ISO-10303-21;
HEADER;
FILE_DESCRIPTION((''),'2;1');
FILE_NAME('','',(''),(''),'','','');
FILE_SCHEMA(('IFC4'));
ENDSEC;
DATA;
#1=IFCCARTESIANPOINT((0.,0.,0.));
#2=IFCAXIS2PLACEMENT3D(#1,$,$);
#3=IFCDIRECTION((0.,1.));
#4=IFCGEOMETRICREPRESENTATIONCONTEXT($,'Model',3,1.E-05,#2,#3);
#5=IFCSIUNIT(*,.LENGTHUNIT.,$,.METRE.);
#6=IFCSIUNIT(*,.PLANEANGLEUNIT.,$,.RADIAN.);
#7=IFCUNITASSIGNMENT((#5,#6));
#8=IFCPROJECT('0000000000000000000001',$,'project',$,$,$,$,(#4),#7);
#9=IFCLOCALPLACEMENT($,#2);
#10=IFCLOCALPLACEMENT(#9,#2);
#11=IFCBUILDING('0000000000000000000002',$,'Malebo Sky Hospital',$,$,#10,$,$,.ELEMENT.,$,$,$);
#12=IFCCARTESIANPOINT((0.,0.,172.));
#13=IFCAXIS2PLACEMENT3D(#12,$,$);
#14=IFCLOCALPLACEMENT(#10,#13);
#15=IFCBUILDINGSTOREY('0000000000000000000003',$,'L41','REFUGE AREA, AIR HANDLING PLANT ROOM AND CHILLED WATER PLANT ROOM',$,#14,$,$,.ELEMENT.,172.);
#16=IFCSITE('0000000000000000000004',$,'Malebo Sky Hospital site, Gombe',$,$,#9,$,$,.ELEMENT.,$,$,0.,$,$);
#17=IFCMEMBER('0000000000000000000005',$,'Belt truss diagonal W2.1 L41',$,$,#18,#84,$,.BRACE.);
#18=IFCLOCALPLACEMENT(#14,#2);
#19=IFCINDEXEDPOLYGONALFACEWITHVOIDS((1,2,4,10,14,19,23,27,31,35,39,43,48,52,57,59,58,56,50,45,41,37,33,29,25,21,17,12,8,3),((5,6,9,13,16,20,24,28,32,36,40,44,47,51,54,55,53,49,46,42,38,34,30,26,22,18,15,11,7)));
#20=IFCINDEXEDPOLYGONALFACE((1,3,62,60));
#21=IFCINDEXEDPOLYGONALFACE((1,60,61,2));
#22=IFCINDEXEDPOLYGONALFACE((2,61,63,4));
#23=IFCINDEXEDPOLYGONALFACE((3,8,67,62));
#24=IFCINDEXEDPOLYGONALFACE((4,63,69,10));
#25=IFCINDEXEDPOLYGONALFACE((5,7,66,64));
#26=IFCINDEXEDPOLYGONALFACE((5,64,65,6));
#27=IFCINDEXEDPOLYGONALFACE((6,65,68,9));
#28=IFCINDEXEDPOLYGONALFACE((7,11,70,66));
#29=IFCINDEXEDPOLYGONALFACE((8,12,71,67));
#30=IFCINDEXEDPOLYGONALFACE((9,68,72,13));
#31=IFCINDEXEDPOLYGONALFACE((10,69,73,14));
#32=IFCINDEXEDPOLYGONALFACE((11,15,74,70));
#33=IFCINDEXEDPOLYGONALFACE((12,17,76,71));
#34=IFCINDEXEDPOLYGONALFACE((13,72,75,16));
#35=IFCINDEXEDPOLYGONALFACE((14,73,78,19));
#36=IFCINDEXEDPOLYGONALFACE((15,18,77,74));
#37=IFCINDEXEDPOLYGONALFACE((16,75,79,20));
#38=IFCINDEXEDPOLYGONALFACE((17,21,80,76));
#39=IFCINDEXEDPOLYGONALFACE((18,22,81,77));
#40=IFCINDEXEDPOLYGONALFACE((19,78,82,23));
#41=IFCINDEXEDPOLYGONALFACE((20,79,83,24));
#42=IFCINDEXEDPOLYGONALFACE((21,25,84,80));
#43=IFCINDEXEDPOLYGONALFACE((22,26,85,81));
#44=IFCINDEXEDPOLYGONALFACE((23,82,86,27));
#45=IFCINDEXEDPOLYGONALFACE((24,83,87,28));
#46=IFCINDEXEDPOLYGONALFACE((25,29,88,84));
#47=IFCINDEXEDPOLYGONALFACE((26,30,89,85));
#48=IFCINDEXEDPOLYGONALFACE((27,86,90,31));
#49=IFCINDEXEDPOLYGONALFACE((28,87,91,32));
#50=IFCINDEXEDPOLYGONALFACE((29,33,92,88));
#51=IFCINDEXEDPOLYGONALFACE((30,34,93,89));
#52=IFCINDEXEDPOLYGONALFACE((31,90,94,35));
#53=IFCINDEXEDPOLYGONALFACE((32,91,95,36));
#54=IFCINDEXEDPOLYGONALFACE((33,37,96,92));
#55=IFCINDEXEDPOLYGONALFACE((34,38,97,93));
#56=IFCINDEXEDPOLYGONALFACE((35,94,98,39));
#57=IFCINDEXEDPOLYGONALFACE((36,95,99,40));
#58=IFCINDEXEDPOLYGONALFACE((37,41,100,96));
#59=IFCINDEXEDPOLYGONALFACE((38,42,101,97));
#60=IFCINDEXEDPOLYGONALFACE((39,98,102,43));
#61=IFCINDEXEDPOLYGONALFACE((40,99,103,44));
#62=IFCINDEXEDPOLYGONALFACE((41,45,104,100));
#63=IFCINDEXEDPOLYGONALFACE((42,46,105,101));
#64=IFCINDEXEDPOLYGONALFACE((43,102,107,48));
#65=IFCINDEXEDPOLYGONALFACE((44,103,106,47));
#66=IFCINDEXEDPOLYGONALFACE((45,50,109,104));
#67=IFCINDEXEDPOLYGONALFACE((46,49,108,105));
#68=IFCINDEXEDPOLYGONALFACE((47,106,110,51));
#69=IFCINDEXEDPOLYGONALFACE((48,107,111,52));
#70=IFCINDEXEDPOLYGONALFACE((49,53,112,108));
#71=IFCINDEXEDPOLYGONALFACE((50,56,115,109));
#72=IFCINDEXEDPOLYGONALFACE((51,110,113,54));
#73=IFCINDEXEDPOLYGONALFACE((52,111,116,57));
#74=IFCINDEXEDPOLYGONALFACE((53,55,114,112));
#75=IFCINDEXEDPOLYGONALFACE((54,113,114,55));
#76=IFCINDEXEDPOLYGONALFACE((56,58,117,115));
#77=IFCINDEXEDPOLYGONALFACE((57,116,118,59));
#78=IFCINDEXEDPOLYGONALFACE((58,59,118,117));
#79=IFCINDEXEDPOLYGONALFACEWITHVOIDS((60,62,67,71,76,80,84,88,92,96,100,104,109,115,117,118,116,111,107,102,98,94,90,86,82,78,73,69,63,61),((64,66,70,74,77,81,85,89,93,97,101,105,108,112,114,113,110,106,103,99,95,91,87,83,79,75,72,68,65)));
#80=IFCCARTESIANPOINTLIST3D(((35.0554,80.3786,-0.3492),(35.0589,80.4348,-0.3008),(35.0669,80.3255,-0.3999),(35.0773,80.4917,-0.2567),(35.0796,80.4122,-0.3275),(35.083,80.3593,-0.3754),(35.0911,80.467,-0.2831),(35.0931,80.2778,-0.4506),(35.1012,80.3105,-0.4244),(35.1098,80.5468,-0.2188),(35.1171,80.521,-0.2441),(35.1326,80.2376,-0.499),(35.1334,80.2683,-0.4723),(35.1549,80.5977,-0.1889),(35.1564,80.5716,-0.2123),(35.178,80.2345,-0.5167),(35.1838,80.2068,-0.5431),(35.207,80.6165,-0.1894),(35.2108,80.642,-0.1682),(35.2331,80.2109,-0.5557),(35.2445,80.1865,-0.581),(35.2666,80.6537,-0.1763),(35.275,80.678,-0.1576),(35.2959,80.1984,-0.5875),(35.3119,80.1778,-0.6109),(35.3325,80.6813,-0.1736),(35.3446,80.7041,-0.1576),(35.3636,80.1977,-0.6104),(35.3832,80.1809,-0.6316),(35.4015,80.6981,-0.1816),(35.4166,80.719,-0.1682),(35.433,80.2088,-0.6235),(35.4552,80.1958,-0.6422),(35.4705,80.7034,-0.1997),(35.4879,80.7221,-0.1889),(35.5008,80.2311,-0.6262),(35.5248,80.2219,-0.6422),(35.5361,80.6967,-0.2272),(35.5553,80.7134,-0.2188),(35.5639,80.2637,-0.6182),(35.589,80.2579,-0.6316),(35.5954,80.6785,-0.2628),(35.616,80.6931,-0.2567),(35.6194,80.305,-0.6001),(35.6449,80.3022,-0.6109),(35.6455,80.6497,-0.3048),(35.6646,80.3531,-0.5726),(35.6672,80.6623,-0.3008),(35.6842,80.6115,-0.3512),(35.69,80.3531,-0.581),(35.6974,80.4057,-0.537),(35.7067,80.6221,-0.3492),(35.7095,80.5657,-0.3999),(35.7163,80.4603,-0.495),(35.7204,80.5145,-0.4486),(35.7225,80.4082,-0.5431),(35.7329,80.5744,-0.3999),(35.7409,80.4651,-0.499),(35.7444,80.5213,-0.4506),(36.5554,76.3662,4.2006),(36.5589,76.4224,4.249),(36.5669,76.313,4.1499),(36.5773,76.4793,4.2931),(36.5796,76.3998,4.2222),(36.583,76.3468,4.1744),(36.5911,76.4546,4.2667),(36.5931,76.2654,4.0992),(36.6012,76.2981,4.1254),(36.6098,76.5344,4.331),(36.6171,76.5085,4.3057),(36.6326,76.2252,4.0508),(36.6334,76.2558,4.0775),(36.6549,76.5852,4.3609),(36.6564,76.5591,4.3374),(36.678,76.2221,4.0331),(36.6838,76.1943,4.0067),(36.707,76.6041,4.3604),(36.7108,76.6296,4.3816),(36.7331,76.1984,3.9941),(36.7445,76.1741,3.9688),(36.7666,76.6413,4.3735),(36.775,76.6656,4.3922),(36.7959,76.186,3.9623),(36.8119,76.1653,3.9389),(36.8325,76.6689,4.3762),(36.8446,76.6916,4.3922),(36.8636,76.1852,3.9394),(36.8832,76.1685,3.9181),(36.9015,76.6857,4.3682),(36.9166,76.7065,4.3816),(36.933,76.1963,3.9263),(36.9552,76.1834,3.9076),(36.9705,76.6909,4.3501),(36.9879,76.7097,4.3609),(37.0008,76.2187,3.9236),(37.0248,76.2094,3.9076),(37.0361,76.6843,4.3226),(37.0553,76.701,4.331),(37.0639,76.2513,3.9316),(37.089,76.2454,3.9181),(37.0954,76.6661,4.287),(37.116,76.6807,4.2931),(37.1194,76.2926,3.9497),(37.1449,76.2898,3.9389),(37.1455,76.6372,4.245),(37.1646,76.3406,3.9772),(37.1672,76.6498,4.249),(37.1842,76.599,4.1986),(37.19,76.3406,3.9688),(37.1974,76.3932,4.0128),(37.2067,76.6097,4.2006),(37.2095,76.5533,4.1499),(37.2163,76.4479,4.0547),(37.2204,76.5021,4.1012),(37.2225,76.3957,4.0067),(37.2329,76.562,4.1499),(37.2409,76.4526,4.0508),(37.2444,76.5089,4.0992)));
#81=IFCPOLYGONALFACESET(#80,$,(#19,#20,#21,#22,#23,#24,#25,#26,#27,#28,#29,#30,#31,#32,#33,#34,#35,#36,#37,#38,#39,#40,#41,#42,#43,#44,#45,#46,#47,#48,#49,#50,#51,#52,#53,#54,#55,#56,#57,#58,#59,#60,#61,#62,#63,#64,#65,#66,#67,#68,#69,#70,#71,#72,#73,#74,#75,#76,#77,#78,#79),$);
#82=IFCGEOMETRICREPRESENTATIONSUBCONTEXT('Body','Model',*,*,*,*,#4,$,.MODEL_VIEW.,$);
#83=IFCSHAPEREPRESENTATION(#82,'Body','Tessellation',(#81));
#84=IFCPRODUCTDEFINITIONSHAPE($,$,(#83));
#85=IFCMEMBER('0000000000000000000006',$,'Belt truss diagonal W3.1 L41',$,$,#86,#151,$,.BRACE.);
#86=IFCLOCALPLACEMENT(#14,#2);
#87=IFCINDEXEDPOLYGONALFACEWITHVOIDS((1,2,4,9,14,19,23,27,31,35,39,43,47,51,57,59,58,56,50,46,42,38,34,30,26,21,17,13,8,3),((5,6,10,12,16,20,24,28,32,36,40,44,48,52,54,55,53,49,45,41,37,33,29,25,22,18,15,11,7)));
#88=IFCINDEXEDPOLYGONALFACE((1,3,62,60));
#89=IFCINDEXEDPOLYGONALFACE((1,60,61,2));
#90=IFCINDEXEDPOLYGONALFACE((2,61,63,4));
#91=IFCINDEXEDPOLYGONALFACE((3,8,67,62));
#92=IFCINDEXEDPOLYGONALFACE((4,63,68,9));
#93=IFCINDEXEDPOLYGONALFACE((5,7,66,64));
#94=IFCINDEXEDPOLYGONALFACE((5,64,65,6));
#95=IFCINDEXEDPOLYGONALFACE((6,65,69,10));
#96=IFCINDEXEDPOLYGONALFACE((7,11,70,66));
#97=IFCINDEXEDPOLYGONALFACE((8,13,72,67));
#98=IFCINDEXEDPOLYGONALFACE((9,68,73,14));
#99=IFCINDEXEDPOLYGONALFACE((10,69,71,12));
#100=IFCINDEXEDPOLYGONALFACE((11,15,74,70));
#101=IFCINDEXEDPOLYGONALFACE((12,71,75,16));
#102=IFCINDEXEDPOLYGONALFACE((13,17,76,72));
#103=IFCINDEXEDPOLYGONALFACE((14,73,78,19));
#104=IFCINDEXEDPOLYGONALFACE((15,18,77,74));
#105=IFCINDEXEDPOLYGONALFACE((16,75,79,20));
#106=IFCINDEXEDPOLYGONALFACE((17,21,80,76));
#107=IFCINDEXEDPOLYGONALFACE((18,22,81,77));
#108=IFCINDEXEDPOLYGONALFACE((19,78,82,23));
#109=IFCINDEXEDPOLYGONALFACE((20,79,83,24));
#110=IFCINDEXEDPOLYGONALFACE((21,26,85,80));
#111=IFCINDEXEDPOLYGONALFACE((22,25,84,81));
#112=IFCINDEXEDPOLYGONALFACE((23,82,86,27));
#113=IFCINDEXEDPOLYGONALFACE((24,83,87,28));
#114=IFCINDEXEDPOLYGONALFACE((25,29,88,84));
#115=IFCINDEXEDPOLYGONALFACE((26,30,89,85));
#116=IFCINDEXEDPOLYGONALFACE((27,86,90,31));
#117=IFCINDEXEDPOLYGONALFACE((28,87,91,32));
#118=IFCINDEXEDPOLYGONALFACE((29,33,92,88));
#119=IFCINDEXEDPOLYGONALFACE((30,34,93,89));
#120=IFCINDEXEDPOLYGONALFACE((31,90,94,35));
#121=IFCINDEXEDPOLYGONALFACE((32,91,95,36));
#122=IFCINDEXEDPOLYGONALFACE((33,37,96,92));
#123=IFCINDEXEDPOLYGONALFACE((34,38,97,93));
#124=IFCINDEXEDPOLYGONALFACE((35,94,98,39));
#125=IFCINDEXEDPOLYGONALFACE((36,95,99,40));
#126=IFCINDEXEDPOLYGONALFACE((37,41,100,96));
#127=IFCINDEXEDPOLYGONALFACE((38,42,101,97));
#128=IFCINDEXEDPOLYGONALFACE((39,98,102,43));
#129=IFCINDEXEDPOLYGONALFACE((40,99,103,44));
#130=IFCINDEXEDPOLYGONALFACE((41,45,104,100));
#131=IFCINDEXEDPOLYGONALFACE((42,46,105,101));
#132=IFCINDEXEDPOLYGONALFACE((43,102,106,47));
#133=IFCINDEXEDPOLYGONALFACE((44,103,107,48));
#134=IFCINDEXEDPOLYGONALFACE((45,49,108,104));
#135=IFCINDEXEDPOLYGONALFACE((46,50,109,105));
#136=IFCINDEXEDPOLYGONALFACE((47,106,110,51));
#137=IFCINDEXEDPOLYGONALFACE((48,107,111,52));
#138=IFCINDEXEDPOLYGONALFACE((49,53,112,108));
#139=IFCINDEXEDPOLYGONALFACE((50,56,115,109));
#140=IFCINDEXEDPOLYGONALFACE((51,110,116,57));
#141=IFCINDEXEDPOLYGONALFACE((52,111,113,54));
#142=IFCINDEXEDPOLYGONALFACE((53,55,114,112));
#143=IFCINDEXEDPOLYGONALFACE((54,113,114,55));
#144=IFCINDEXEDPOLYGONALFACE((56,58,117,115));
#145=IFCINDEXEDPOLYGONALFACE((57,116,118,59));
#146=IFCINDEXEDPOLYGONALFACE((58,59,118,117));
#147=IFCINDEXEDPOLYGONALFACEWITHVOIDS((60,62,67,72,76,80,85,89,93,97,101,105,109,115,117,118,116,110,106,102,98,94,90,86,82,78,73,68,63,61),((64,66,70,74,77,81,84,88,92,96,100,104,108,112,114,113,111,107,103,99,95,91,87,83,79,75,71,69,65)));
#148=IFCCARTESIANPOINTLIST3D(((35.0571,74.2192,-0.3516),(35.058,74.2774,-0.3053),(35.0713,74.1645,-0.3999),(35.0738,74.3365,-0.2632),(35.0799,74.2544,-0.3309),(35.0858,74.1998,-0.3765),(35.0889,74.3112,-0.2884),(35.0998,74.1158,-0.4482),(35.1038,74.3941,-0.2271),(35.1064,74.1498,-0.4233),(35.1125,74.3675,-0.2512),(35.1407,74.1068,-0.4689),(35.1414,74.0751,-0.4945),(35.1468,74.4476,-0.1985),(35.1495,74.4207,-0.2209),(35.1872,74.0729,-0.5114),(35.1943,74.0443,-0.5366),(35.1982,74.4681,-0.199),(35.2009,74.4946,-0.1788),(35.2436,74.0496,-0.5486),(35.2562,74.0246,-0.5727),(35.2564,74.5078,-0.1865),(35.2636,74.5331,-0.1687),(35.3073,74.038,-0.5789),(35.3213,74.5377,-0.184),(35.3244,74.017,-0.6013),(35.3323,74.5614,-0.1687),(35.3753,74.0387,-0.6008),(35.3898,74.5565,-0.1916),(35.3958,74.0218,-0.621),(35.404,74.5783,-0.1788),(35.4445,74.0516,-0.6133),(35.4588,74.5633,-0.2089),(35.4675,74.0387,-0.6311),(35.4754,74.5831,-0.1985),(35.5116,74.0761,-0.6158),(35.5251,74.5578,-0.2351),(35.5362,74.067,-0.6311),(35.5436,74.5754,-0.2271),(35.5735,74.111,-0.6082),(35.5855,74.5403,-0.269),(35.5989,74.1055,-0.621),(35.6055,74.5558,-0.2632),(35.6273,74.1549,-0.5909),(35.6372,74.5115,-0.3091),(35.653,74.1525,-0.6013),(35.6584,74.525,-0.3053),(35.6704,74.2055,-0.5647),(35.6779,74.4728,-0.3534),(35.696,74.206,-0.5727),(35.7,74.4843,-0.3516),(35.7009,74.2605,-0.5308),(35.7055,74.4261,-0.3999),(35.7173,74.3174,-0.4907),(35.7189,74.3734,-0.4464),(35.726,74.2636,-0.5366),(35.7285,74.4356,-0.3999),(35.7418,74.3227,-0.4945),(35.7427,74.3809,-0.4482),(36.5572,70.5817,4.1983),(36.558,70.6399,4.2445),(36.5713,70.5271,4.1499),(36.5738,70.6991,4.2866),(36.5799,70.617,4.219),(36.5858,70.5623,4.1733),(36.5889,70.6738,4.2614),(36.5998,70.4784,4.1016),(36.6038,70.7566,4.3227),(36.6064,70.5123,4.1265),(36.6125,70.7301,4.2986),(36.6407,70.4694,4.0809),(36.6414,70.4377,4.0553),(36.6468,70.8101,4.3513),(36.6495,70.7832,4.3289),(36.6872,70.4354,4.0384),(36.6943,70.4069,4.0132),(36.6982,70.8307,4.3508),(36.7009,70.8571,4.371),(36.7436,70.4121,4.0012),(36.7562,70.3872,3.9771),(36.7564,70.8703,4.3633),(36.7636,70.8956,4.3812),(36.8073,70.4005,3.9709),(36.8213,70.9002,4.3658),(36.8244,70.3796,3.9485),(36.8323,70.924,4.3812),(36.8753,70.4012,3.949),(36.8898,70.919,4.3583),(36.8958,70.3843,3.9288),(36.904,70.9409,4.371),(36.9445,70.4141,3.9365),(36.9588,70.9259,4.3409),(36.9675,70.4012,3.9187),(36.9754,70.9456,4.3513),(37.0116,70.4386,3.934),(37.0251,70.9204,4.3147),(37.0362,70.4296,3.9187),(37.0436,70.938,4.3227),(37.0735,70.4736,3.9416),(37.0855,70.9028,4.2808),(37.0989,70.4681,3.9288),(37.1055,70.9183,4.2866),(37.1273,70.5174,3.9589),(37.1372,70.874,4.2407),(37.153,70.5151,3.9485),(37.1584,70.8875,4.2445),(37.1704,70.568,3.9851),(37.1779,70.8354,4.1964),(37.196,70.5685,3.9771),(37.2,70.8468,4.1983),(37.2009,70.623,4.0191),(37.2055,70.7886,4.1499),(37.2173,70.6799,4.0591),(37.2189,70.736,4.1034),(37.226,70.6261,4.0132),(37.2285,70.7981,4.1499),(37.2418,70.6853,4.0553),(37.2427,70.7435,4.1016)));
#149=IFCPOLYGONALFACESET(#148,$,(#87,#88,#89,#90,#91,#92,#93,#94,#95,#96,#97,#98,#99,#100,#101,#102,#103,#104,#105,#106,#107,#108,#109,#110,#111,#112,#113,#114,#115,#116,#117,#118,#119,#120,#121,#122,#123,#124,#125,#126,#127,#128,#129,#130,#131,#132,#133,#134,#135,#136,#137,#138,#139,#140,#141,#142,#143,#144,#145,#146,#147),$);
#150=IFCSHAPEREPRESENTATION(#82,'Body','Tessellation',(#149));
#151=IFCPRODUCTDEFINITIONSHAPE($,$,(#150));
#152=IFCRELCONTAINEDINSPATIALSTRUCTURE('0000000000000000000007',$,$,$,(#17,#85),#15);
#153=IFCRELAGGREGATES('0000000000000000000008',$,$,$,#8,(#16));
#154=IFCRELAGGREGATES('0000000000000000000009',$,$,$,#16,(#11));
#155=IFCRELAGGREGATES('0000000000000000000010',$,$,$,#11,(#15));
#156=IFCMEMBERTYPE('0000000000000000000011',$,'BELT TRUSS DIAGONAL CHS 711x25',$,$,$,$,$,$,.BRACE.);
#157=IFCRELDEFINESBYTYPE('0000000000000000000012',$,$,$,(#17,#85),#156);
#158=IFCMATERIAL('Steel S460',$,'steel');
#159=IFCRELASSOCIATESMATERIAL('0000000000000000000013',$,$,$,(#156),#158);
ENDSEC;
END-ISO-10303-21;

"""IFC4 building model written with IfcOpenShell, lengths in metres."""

from ifc_helpers import new_model, si_unit, direction, frame, origin, origin_2d, place, context, subcontext, project, spatial, hollow_circle, extrude, material, material_profile, profile_set, type_object, element, save


model = new_model("IFC4")

# Units and contexts
model_context = context("Model", 3, precision=1e-05, world=origin(), true_north=direction((0.0, 1.0)))
body_context = subcontext(model_context, "Body", "Model", "MODEL_VIEW")
ifc_project = project(units=[si_unit("LENGTHUNIT", "METRE"), si_unit("PLANEANGLEUNIT", "RADIAN")], contexts=[model_context])

# Site, building, storey
site_placement = place(None, origin())
site = spatial("IfcSite", under=ifc_project, at=site_placement, Name="Malebo Sky Hospital site, Gombe", CompositionType="ELEMENT", RefElevation=0.0)
building_placement = place(site_placement, origin())
building = spatial("IfcBuilding", under=site, at=building_placement, Name="Malebo Sky Hospital", CompositionType="ELEMENT")
storey_placement = place(building_placement, frame((0.0, 0.0, 172.0)))
storey = spatial("IfcBuildingStorey", under=building, at=storey_placement, Name="L41", Description="REFUGE AREA, AIR HANDLING PLANT ROOM AND CHILLED WATER PLANT ROOM", CompositionType="ELEMENT", Elevation=172.0)

# Shared definitions
ifc_material_1 = material(Name="Steel S460", Category="steel")

# Members
ifc_material_profile_1 = material_profile(ifc_material_1, hollow_circle(Radius=0.3555, WallThickness=0.0249, at=origin_2d()), Name="CHS 711x25")
ifc_profile_set_1 = profile_set([ifc_material_profile_1], Name="Steel S460")
member_type_1 = type_object("IfcMemberType", Name="BELT TRUSS DIAGONAL CHS 711x25", PredefinedType="BRACE", material=ifc_profile_set_1)
member_1_placement = place(storey_placement, frame((35.3999, 80.45, -0.3999), z_axis=(0.240037, -0.642091, 0.728081), x_axis=(0.936687, 0.350168, 0.0)))
element("IfcMember", 1, at=member_1_placement, inside=storey, type_object=member_type_1, Name="Belt truss diagonal W2.1 L41", PredefinedType="BRACE", context=body_context, shape_type="SweptSolid", body=[
    extrude(hollow_circle(Radius=0.3555, WallThickness=0.0249, at=origin_2d()), origin(), (0.0, 0.0, 1.0), 6.249),
])
member_2_placement = place(storey_placement, frame((35.3999, 74.3, -0.3999), z_axis=(0.249371, -0.604717, 0.756394), x_axis=(0.924479, 0.381233, 0.0)))
element("IfcMember", 2, at=member_2_placement, inside=storey, type_object=member_type_1, Name="Belt truss diagonal W3.1 L41", PredefinedType="BRACE", context=body_context, shape_type="SweptSolid", body=[
    extrude(hollow_circle(Radius=0.3555, WallThickness=0.0249, at=origin_2d()), origin(), (0.0, 0.0, 1.0), 6.0151),
])

save(model, "model.ifc")
